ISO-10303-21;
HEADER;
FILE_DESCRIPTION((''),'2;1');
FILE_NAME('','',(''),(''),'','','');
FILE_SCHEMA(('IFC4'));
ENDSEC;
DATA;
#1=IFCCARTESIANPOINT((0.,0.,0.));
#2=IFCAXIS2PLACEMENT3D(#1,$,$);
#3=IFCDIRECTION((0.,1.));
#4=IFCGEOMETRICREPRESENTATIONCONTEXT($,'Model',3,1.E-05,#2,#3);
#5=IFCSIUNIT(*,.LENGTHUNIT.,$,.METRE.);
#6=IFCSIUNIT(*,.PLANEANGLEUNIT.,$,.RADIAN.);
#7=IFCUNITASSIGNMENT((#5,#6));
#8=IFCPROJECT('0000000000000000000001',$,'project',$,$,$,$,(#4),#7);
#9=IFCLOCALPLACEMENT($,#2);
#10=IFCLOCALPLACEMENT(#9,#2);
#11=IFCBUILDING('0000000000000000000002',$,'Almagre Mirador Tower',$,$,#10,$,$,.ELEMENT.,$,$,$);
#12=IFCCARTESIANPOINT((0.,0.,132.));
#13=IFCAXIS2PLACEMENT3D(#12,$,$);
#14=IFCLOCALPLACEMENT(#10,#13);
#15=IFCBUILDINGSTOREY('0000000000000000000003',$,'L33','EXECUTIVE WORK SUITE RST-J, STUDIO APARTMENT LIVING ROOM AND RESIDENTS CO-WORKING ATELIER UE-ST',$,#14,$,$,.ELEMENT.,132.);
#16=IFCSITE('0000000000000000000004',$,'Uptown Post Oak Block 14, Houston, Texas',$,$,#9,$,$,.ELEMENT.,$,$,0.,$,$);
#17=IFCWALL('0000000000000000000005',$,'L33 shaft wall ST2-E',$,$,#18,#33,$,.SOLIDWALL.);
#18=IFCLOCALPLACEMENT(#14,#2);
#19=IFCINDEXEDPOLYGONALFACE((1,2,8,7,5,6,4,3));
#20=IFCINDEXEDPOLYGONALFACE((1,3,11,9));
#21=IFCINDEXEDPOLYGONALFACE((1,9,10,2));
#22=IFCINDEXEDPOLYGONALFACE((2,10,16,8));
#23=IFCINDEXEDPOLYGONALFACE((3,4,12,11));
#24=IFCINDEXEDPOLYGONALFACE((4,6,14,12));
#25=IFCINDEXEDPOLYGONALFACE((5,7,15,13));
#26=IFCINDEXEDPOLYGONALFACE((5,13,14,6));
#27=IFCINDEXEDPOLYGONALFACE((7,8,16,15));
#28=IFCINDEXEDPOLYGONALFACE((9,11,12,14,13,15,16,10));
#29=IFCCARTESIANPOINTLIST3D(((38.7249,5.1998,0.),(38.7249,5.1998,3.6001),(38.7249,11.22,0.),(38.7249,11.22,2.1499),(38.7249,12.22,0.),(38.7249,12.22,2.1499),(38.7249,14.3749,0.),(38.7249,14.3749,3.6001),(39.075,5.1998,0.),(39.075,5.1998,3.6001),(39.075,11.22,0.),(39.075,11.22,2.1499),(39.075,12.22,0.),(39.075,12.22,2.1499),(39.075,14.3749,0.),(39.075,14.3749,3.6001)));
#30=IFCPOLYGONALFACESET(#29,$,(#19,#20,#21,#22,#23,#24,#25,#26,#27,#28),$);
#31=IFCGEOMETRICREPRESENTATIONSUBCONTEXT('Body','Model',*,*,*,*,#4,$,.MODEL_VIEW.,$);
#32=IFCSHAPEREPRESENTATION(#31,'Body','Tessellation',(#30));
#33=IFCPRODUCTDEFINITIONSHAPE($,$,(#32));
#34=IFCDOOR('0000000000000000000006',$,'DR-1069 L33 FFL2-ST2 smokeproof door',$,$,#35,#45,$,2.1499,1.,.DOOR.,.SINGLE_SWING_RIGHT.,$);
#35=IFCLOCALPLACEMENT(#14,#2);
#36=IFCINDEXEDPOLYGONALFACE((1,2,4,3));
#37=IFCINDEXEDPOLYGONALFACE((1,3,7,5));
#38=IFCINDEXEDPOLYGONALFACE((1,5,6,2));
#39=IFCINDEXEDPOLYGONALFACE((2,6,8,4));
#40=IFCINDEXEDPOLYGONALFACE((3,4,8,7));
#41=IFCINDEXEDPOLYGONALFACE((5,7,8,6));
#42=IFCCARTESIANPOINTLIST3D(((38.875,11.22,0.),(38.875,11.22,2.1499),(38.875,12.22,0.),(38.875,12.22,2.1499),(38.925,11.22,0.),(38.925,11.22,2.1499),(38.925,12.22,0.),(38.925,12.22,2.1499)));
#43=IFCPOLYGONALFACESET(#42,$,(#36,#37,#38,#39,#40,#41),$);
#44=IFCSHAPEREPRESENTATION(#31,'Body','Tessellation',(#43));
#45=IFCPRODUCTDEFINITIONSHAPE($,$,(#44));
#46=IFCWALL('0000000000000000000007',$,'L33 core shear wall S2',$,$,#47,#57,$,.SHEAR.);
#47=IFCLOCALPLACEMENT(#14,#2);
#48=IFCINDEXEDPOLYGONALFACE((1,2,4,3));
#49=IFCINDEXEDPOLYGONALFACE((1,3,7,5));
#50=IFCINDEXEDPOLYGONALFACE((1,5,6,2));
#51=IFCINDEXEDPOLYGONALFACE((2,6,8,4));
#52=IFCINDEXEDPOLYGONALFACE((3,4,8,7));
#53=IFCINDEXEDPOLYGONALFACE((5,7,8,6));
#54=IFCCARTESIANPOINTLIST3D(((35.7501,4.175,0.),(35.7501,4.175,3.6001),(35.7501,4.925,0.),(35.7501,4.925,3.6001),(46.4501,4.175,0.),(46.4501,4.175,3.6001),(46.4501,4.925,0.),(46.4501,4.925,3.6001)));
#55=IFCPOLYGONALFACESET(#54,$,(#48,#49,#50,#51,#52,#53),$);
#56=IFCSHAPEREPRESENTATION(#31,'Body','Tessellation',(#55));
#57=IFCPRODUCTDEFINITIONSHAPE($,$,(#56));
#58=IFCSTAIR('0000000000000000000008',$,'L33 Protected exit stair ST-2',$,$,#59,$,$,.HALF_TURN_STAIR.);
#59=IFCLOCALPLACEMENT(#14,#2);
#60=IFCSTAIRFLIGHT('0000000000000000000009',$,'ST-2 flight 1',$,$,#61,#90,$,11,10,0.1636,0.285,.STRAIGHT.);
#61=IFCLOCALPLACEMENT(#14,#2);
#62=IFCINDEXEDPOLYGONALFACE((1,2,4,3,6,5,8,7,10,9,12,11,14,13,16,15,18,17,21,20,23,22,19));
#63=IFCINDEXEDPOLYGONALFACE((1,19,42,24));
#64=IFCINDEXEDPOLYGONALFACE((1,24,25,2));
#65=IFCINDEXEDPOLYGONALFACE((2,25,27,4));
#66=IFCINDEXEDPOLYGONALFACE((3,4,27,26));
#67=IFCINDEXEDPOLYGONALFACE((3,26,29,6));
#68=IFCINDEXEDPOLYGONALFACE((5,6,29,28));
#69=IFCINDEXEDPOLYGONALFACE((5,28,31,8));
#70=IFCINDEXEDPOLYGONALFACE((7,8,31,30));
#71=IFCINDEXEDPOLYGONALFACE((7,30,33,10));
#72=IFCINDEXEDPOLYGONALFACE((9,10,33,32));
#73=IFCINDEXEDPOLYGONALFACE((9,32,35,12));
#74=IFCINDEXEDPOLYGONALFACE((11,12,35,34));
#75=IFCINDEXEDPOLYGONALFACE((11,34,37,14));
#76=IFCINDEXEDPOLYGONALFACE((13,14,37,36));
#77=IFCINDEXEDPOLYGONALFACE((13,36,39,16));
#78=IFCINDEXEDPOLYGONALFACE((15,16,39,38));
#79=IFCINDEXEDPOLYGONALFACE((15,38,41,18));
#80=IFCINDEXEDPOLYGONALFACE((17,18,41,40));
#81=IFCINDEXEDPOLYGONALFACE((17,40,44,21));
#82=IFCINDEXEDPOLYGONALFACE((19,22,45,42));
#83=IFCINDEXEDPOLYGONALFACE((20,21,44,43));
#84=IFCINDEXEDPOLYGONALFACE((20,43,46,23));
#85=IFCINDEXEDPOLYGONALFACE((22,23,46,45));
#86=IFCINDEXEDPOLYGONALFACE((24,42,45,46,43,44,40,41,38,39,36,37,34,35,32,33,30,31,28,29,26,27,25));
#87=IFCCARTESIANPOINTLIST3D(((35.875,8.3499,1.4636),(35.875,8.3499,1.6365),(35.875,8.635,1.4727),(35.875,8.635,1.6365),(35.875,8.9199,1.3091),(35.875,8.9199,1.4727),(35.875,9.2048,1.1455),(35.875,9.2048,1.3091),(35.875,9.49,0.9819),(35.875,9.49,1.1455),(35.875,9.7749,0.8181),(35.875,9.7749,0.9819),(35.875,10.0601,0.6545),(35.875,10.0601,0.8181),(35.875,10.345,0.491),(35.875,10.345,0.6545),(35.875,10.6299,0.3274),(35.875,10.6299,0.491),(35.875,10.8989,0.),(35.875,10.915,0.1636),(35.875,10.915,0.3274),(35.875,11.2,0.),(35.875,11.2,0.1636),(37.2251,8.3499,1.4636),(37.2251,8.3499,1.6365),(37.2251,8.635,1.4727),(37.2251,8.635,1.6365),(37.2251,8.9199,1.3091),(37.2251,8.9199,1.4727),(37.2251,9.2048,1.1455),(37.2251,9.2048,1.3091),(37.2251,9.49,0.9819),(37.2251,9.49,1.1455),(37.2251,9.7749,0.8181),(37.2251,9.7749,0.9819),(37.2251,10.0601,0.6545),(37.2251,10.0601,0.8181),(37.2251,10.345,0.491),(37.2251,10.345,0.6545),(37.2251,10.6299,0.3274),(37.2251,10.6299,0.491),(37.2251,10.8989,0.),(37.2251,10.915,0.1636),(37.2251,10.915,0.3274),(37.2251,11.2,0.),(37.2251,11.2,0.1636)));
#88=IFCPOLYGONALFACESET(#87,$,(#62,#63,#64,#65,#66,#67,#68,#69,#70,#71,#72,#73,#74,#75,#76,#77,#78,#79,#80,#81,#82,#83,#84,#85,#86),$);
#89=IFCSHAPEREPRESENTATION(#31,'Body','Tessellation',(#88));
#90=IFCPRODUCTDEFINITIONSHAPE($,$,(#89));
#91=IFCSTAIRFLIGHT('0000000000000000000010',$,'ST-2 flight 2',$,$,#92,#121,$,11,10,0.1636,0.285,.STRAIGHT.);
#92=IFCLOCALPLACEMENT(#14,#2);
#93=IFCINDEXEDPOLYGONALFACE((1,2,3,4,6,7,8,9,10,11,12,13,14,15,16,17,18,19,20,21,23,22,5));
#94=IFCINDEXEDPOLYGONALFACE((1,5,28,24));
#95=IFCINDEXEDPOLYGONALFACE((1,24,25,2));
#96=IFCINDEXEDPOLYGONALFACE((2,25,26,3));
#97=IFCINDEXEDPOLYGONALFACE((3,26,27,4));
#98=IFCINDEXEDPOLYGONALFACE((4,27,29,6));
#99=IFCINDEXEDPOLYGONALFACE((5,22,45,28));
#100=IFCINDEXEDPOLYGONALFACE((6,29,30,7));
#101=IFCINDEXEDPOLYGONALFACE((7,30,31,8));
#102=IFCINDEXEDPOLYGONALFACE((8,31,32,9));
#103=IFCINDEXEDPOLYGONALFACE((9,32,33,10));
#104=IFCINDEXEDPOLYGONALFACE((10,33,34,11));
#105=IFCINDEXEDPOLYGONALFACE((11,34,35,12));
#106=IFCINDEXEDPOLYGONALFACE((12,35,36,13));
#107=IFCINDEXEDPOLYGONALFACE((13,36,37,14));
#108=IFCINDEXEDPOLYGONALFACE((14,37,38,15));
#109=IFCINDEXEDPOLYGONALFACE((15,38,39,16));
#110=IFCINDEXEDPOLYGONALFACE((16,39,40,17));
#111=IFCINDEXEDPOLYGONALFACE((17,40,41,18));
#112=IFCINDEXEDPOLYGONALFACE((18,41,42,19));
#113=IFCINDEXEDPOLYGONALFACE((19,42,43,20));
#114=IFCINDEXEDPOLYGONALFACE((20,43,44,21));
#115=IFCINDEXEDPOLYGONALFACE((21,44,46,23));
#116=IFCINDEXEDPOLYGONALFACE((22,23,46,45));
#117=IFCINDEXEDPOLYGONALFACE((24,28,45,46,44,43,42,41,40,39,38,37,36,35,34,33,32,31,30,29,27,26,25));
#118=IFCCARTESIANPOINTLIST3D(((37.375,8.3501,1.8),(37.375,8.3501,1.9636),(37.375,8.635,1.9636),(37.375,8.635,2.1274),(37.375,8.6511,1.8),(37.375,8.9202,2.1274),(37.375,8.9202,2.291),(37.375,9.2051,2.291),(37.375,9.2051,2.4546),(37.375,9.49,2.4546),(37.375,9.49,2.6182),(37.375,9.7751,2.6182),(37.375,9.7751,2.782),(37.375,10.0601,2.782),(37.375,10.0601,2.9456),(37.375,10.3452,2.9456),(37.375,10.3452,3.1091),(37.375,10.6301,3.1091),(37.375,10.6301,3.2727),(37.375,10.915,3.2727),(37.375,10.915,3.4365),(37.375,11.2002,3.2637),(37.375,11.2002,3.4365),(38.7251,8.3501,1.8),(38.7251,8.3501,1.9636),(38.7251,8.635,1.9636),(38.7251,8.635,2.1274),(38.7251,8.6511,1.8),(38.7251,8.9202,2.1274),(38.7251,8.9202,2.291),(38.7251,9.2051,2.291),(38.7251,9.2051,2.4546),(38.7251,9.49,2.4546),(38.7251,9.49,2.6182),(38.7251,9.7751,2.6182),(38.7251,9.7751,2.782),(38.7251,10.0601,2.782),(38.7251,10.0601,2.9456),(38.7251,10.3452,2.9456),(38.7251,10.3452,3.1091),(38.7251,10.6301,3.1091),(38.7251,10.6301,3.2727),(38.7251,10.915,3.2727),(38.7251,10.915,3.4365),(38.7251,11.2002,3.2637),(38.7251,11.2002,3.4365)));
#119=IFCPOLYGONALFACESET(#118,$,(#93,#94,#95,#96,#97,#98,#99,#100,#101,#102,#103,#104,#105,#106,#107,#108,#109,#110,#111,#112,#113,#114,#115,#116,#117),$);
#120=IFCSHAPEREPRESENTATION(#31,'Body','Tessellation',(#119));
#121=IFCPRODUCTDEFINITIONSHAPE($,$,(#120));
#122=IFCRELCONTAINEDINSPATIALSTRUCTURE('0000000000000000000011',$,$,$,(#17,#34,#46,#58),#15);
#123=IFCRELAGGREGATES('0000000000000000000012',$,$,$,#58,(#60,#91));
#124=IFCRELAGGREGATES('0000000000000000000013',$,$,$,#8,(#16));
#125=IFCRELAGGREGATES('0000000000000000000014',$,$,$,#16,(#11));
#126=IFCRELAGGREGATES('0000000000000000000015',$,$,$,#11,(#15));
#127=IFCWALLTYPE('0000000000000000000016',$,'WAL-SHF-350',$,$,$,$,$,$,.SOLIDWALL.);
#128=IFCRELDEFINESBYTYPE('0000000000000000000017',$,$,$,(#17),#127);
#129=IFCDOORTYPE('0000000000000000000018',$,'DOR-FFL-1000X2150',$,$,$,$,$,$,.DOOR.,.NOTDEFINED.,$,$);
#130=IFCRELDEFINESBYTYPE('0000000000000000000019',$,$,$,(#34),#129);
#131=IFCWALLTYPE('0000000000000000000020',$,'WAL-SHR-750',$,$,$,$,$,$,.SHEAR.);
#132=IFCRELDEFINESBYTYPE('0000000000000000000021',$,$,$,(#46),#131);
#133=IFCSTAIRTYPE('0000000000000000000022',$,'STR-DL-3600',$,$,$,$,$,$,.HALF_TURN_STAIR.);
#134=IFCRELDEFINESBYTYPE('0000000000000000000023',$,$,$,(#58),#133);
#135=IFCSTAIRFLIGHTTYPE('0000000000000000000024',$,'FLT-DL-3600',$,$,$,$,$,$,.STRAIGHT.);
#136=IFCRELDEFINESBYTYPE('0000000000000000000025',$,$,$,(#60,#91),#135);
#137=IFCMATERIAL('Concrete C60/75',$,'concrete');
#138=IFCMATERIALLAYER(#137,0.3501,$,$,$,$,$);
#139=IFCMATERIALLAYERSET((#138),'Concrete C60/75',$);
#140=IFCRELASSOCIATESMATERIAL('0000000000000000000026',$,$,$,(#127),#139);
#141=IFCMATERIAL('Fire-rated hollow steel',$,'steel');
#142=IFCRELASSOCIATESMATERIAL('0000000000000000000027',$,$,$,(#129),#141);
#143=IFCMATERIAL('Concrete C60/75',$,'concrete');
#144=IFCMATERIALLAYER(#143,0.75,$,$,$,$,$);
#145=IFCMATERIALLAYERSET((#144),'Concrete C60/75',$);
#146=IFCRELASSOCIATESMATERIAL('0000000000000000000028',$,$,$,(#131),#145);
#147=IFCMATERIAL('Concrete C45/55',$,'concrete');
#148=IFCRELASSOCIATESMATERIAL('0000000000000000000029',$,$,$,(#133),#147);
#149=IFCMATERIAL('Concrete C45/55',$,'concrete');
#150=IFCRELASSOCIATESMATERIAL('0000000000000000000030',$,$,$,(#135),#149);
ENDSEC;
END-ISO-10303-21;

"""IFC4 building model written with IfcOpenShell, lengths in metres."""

from ifc_helpers import new_model, si_unit, direction, frame, frame_2d, origin, place, context, subcontext, project, spatial, polyline, rectangle, outline, extrude, material, layer, layer_set, type_object, element, fill, aggregate, save


model = new_model("IFC4")

# Units and contexts
model_context = context("Model", 3, precision=1e-05, world=origin(), true_north=direction((0.0, 1.0)))
body_context = subcontext(model_context, "Body", "Model", "MODEL_VIEW")
ifc_project = project(units=[si_unit("LENGTHUNIT", "METRE"), si_unit("PLANEANGLEUNIT", "RADIAN")], contexts=[model_context])

# Site, building, storey
site_placement = place(None, origin())
site = spatial("IfcSite", under=ifc_project, at=site_placement, Name="Uptown Post Oak Block 14, Houston, Texas", CompositionType="ELEMENT", RefElevation=0.0)
building_placement = place(site_placement, origin())
building = spatial("IfcBuilding", under=site, at=building_placement, Name="Almagre Mirador Tower", CompositionType="ELEMENT")
storey_placement = place(building_placement, frame((0.0, 0.0, 132.0)))
storey = spatial("IfcBuildingStorey", under=building, at=storey_placement, Name="L33", Description="EXECUTIVE WORK SUITE RST-J, STUDIO APARTMENT LIVING ROOM AND RESIDENTS CO-WORKING ATELIER UE-ST", CompositionType="ELEMENT", Elevation=132.0)

# Wall, opening, door
ifc_material_1 = material(Name="Concrete C60/75", Category="concrete")
ifc_layer_1 = layer(ifc_material_1, 0.3501)
ifc_layer_set_1 = layer_set([ifc_layer_1], Name="Concrete C60/75")
wall_type_1 = type_object("IfcWallType", Name="WAL-SHF-350", PredefinedType="SOLIDWALL", material=ifc_layer_set_1)
wall_1_placement = place(storey_placement, frame((38.8999, 5.2, 0.0), z_axis=(0.0, 0.0, 1.0), x_axis=(0.0, 1.0, 0.0)))
wall_1 = element("IfcWall", 1, at=wall_1_placement, inside=storey, type_object=wall_type_1, Name="L33 shaft wall ST2-E", PredefinedType="SOLIDWALL", context=body_context, shape_type="SweptSolid", body=[
    extrude(rectangle(XDim=9.175, YDim=0.3501, at=frame_2d((4.5874, 0.0))), origin(), (0.0, 0.0, 1.0), 3.6001),
])
opening_1_placement = place(wall_1_placement, frame((6.02, 0.0, 0.0)))
opening_1 = element("IfcOpeningElement", 2, at=opening_1_placement, cuts=wall_1, PredefinedType="OPENING", context=body_context, shape_type="SweptSolid", body=[
    extrude(rectangle(XDim=1.0, YDim=2.1499, at=frame_2d((0.5, 1.075))), frame((0.0, 0.185, 0.0), z_axis=(0.0, -1.0, 0.0), x_axis=(1.0, 0.0, 0.0)), (0.0, 0.0, 1.0), 0.3701),
])
ifc_material_2 = material(Name="Fire-rated hollow steel", Category="steel")
door_type = type_object("IfcDoorType", Name="DOR-FFL-1000X2150", OperationType="NOTDEFINED", PredefinedType="DOOR", material=ifc_material_2)
door_placement = place(opening_1_placement, origin())
door = element("IfcDoor", 3, at=door_placement, inside=storey, type_object=door_type, Name="DR-1069 L33 FFL2-ST2 smokeproof door", OperationType="SINGLE_SWING_RIGHT", OverallHeight=2.1499, OverallWidth=1.0, PredefinedType="DOOR", context=body_context, shape_type="SweptSolid", body=[
    extrude(rectangle(XDim=1.0, YDim=2.1499, at=frame_2d((0.5, 1.075))), frame((0.0, 0.0249, 0.0), z_axis=(0.0, -1.0, 0.0), x_axis=(1.0, 0.0, 0.0)), (0.0, 0.0, 1.0), 0.05),
])
fill(opening_1, door)

# Wall
ifc_material_3 = material(Name="Concrete C60/75", Category="concrete")
ifc_layer_2 = layer(ifc_material_3, 0.75)
ifc_layer_set_2 = layer_set([ifc_layer_2], Name="Concrete C60/75")
wall_type_2 = type_object("IfcWallType", Name="WAL-SHR-750", PredefinedType="SHEAR", material=ifc_layer_set_2)
wall_2_placement = place(storey_placement, frame((35.75, 4.55, 0.0), z_axis=(0.0, 0.0, 1.0), x_axis=(1.0, 0.0, 0.0)))
element("IfcWall", 4, at=wall_2_placement, inside=storey, type_object=wall_type_2, Name="L33 core shear wall S2", PredefinedType="SHEAR", context=body_context, shape_type="SweptSolid", body=[
    extrude(rectangle(XDim=10.7, YDim=0.75, at=frame_2d((5.3501, 0.0))), origin(), (0.0, 0.0, 1.0), 3.6001),
])

# Stair, stair flights
ifc_material_4 = material(Name="Concrete C45/55", Category="concrete")
stair_type = type_object("IfcStairType", Name="STR-DL-3600", PredefinedType="HALF_TURN_STAIR", material=ifc_material_4)
stair_placement = place(storey_placement, origin())
stair = element("IfcStair", 5, at=stair_placement, inside=storey, type_object=stair_type, Name="L33 Protected exit stair ST-2", PredefinedType="HALF_TURN_STAIR")
ifc_material_5 = material(Name="Concrete C45/55", Category="concrete")
stair_flight_type = type_object("IfcStairFlightType", Name="FLT-DL-3600", PredefinedType="STRAIGHT", material=ifc_material_5)
stair_flight_1_placement = place(storey_placement, frame((36.55, 11.2, 0.0), z_axis=(0.0, 0.0, 1.0), x_axis=(0.0, -1.0, 0.0)))
stair_flight_1 = element("IfcStairFlight", 6, at=stair_flight_1_placement, type_object=stair_flight_type, Name="ST-2 flight 1", NumberOfRisers=11, NumberOfTreads=10, PredefinedType="STRAIGHT", RiserHeight=0.1636, TreadLength=0.285, context=body_context, shape_type="SweptSolid", body=[
    extrude(outline(polyline([(0.0, 0.0), (0.0, 0.1636), (0.2849, 0.1636), (0.2849, 0.3274), (0.5701, 0.3274), (0.5701, 0.491), (0.855, 0.491), (0.855, 0.6545), (1.1399, 0.6545), (1.1399, 0.8181), (1.425, 0.8181), (1.425, 0.9819), (1.71, 0.9819), (1.71, 1.1455), (1.9951, 1.1455), (1.9951, 1.3091), (2.28, 1.3091), (2.28, 1.4727), (2.5649, 1.4727), (2.5649, 1.6365), (2.8501, 1.6365), (2.8501, 1.8), (2.8501, 1.4636), (0.301, 0.0), (0.0, 0.0)])), frame((0.0, 0.675, 0.0), z_axis=(0.0, -1.0, 0.0), x_axis=(1.0, 0.0, 0.0)), (0.0, 0.0, 1.0), 1.3501),
])
stair_flight_2_placement = place(storey_placement, frame((38.05, 8.3501, 1.8), z_axis=(0.0, 0.0, 1.0), x_axis=(0.0, 1.0, 0.0)))
stair_flight_2 = element("IfcStairFlight", 7, at=stair_flight_2_placement, type_object=stair_flight_type, Name="ST-2 flight 2", NumberOfRisers=11, NumberOfTreads=10, PredefinedType="STRAIGHT", RiserHeight=0.1636, TreadLength=0.285, context=body_context, shape_type="SweptSolid", body=[
    extrude(outline(polyline([(0.0, 0.0), (0.0, 0.1636), (0.2849, 0.1636), (0.2849, 0.3274), (0.5701, 0.3274), (0.5701, 0.491), (0.855, 0.491), (0.855, 0.6545), (1.1399, 0.6545), (1.1399, 0.8181), (1.425, 0.8181), (1.425, 0.9819), (1.71, 0.9819), (1.71, 1.1455), (1.9951, 1.1455), (1.9951, 1.3091), (2.28, 1.3091), (2.28, 1.4727), (2.5649, 1.4727), (2.5649, 1.6365), (2.8501, 1.6365), (2.8501, 1.8), (2.8501, 1.4636), (0.301, 0.0), (0.0, 0.0)])), frame((0.0, 0.675, 0.0), z_axis=(0.0, -1.0, 0.0), x_axis=(1.0, 0.0, 0.0)), (0.0, 0.0, 1.0), 1.3501),
])
aggregate(stair, [stair_flight_1, stair_flight_2])

save(model, "model.ifc")
